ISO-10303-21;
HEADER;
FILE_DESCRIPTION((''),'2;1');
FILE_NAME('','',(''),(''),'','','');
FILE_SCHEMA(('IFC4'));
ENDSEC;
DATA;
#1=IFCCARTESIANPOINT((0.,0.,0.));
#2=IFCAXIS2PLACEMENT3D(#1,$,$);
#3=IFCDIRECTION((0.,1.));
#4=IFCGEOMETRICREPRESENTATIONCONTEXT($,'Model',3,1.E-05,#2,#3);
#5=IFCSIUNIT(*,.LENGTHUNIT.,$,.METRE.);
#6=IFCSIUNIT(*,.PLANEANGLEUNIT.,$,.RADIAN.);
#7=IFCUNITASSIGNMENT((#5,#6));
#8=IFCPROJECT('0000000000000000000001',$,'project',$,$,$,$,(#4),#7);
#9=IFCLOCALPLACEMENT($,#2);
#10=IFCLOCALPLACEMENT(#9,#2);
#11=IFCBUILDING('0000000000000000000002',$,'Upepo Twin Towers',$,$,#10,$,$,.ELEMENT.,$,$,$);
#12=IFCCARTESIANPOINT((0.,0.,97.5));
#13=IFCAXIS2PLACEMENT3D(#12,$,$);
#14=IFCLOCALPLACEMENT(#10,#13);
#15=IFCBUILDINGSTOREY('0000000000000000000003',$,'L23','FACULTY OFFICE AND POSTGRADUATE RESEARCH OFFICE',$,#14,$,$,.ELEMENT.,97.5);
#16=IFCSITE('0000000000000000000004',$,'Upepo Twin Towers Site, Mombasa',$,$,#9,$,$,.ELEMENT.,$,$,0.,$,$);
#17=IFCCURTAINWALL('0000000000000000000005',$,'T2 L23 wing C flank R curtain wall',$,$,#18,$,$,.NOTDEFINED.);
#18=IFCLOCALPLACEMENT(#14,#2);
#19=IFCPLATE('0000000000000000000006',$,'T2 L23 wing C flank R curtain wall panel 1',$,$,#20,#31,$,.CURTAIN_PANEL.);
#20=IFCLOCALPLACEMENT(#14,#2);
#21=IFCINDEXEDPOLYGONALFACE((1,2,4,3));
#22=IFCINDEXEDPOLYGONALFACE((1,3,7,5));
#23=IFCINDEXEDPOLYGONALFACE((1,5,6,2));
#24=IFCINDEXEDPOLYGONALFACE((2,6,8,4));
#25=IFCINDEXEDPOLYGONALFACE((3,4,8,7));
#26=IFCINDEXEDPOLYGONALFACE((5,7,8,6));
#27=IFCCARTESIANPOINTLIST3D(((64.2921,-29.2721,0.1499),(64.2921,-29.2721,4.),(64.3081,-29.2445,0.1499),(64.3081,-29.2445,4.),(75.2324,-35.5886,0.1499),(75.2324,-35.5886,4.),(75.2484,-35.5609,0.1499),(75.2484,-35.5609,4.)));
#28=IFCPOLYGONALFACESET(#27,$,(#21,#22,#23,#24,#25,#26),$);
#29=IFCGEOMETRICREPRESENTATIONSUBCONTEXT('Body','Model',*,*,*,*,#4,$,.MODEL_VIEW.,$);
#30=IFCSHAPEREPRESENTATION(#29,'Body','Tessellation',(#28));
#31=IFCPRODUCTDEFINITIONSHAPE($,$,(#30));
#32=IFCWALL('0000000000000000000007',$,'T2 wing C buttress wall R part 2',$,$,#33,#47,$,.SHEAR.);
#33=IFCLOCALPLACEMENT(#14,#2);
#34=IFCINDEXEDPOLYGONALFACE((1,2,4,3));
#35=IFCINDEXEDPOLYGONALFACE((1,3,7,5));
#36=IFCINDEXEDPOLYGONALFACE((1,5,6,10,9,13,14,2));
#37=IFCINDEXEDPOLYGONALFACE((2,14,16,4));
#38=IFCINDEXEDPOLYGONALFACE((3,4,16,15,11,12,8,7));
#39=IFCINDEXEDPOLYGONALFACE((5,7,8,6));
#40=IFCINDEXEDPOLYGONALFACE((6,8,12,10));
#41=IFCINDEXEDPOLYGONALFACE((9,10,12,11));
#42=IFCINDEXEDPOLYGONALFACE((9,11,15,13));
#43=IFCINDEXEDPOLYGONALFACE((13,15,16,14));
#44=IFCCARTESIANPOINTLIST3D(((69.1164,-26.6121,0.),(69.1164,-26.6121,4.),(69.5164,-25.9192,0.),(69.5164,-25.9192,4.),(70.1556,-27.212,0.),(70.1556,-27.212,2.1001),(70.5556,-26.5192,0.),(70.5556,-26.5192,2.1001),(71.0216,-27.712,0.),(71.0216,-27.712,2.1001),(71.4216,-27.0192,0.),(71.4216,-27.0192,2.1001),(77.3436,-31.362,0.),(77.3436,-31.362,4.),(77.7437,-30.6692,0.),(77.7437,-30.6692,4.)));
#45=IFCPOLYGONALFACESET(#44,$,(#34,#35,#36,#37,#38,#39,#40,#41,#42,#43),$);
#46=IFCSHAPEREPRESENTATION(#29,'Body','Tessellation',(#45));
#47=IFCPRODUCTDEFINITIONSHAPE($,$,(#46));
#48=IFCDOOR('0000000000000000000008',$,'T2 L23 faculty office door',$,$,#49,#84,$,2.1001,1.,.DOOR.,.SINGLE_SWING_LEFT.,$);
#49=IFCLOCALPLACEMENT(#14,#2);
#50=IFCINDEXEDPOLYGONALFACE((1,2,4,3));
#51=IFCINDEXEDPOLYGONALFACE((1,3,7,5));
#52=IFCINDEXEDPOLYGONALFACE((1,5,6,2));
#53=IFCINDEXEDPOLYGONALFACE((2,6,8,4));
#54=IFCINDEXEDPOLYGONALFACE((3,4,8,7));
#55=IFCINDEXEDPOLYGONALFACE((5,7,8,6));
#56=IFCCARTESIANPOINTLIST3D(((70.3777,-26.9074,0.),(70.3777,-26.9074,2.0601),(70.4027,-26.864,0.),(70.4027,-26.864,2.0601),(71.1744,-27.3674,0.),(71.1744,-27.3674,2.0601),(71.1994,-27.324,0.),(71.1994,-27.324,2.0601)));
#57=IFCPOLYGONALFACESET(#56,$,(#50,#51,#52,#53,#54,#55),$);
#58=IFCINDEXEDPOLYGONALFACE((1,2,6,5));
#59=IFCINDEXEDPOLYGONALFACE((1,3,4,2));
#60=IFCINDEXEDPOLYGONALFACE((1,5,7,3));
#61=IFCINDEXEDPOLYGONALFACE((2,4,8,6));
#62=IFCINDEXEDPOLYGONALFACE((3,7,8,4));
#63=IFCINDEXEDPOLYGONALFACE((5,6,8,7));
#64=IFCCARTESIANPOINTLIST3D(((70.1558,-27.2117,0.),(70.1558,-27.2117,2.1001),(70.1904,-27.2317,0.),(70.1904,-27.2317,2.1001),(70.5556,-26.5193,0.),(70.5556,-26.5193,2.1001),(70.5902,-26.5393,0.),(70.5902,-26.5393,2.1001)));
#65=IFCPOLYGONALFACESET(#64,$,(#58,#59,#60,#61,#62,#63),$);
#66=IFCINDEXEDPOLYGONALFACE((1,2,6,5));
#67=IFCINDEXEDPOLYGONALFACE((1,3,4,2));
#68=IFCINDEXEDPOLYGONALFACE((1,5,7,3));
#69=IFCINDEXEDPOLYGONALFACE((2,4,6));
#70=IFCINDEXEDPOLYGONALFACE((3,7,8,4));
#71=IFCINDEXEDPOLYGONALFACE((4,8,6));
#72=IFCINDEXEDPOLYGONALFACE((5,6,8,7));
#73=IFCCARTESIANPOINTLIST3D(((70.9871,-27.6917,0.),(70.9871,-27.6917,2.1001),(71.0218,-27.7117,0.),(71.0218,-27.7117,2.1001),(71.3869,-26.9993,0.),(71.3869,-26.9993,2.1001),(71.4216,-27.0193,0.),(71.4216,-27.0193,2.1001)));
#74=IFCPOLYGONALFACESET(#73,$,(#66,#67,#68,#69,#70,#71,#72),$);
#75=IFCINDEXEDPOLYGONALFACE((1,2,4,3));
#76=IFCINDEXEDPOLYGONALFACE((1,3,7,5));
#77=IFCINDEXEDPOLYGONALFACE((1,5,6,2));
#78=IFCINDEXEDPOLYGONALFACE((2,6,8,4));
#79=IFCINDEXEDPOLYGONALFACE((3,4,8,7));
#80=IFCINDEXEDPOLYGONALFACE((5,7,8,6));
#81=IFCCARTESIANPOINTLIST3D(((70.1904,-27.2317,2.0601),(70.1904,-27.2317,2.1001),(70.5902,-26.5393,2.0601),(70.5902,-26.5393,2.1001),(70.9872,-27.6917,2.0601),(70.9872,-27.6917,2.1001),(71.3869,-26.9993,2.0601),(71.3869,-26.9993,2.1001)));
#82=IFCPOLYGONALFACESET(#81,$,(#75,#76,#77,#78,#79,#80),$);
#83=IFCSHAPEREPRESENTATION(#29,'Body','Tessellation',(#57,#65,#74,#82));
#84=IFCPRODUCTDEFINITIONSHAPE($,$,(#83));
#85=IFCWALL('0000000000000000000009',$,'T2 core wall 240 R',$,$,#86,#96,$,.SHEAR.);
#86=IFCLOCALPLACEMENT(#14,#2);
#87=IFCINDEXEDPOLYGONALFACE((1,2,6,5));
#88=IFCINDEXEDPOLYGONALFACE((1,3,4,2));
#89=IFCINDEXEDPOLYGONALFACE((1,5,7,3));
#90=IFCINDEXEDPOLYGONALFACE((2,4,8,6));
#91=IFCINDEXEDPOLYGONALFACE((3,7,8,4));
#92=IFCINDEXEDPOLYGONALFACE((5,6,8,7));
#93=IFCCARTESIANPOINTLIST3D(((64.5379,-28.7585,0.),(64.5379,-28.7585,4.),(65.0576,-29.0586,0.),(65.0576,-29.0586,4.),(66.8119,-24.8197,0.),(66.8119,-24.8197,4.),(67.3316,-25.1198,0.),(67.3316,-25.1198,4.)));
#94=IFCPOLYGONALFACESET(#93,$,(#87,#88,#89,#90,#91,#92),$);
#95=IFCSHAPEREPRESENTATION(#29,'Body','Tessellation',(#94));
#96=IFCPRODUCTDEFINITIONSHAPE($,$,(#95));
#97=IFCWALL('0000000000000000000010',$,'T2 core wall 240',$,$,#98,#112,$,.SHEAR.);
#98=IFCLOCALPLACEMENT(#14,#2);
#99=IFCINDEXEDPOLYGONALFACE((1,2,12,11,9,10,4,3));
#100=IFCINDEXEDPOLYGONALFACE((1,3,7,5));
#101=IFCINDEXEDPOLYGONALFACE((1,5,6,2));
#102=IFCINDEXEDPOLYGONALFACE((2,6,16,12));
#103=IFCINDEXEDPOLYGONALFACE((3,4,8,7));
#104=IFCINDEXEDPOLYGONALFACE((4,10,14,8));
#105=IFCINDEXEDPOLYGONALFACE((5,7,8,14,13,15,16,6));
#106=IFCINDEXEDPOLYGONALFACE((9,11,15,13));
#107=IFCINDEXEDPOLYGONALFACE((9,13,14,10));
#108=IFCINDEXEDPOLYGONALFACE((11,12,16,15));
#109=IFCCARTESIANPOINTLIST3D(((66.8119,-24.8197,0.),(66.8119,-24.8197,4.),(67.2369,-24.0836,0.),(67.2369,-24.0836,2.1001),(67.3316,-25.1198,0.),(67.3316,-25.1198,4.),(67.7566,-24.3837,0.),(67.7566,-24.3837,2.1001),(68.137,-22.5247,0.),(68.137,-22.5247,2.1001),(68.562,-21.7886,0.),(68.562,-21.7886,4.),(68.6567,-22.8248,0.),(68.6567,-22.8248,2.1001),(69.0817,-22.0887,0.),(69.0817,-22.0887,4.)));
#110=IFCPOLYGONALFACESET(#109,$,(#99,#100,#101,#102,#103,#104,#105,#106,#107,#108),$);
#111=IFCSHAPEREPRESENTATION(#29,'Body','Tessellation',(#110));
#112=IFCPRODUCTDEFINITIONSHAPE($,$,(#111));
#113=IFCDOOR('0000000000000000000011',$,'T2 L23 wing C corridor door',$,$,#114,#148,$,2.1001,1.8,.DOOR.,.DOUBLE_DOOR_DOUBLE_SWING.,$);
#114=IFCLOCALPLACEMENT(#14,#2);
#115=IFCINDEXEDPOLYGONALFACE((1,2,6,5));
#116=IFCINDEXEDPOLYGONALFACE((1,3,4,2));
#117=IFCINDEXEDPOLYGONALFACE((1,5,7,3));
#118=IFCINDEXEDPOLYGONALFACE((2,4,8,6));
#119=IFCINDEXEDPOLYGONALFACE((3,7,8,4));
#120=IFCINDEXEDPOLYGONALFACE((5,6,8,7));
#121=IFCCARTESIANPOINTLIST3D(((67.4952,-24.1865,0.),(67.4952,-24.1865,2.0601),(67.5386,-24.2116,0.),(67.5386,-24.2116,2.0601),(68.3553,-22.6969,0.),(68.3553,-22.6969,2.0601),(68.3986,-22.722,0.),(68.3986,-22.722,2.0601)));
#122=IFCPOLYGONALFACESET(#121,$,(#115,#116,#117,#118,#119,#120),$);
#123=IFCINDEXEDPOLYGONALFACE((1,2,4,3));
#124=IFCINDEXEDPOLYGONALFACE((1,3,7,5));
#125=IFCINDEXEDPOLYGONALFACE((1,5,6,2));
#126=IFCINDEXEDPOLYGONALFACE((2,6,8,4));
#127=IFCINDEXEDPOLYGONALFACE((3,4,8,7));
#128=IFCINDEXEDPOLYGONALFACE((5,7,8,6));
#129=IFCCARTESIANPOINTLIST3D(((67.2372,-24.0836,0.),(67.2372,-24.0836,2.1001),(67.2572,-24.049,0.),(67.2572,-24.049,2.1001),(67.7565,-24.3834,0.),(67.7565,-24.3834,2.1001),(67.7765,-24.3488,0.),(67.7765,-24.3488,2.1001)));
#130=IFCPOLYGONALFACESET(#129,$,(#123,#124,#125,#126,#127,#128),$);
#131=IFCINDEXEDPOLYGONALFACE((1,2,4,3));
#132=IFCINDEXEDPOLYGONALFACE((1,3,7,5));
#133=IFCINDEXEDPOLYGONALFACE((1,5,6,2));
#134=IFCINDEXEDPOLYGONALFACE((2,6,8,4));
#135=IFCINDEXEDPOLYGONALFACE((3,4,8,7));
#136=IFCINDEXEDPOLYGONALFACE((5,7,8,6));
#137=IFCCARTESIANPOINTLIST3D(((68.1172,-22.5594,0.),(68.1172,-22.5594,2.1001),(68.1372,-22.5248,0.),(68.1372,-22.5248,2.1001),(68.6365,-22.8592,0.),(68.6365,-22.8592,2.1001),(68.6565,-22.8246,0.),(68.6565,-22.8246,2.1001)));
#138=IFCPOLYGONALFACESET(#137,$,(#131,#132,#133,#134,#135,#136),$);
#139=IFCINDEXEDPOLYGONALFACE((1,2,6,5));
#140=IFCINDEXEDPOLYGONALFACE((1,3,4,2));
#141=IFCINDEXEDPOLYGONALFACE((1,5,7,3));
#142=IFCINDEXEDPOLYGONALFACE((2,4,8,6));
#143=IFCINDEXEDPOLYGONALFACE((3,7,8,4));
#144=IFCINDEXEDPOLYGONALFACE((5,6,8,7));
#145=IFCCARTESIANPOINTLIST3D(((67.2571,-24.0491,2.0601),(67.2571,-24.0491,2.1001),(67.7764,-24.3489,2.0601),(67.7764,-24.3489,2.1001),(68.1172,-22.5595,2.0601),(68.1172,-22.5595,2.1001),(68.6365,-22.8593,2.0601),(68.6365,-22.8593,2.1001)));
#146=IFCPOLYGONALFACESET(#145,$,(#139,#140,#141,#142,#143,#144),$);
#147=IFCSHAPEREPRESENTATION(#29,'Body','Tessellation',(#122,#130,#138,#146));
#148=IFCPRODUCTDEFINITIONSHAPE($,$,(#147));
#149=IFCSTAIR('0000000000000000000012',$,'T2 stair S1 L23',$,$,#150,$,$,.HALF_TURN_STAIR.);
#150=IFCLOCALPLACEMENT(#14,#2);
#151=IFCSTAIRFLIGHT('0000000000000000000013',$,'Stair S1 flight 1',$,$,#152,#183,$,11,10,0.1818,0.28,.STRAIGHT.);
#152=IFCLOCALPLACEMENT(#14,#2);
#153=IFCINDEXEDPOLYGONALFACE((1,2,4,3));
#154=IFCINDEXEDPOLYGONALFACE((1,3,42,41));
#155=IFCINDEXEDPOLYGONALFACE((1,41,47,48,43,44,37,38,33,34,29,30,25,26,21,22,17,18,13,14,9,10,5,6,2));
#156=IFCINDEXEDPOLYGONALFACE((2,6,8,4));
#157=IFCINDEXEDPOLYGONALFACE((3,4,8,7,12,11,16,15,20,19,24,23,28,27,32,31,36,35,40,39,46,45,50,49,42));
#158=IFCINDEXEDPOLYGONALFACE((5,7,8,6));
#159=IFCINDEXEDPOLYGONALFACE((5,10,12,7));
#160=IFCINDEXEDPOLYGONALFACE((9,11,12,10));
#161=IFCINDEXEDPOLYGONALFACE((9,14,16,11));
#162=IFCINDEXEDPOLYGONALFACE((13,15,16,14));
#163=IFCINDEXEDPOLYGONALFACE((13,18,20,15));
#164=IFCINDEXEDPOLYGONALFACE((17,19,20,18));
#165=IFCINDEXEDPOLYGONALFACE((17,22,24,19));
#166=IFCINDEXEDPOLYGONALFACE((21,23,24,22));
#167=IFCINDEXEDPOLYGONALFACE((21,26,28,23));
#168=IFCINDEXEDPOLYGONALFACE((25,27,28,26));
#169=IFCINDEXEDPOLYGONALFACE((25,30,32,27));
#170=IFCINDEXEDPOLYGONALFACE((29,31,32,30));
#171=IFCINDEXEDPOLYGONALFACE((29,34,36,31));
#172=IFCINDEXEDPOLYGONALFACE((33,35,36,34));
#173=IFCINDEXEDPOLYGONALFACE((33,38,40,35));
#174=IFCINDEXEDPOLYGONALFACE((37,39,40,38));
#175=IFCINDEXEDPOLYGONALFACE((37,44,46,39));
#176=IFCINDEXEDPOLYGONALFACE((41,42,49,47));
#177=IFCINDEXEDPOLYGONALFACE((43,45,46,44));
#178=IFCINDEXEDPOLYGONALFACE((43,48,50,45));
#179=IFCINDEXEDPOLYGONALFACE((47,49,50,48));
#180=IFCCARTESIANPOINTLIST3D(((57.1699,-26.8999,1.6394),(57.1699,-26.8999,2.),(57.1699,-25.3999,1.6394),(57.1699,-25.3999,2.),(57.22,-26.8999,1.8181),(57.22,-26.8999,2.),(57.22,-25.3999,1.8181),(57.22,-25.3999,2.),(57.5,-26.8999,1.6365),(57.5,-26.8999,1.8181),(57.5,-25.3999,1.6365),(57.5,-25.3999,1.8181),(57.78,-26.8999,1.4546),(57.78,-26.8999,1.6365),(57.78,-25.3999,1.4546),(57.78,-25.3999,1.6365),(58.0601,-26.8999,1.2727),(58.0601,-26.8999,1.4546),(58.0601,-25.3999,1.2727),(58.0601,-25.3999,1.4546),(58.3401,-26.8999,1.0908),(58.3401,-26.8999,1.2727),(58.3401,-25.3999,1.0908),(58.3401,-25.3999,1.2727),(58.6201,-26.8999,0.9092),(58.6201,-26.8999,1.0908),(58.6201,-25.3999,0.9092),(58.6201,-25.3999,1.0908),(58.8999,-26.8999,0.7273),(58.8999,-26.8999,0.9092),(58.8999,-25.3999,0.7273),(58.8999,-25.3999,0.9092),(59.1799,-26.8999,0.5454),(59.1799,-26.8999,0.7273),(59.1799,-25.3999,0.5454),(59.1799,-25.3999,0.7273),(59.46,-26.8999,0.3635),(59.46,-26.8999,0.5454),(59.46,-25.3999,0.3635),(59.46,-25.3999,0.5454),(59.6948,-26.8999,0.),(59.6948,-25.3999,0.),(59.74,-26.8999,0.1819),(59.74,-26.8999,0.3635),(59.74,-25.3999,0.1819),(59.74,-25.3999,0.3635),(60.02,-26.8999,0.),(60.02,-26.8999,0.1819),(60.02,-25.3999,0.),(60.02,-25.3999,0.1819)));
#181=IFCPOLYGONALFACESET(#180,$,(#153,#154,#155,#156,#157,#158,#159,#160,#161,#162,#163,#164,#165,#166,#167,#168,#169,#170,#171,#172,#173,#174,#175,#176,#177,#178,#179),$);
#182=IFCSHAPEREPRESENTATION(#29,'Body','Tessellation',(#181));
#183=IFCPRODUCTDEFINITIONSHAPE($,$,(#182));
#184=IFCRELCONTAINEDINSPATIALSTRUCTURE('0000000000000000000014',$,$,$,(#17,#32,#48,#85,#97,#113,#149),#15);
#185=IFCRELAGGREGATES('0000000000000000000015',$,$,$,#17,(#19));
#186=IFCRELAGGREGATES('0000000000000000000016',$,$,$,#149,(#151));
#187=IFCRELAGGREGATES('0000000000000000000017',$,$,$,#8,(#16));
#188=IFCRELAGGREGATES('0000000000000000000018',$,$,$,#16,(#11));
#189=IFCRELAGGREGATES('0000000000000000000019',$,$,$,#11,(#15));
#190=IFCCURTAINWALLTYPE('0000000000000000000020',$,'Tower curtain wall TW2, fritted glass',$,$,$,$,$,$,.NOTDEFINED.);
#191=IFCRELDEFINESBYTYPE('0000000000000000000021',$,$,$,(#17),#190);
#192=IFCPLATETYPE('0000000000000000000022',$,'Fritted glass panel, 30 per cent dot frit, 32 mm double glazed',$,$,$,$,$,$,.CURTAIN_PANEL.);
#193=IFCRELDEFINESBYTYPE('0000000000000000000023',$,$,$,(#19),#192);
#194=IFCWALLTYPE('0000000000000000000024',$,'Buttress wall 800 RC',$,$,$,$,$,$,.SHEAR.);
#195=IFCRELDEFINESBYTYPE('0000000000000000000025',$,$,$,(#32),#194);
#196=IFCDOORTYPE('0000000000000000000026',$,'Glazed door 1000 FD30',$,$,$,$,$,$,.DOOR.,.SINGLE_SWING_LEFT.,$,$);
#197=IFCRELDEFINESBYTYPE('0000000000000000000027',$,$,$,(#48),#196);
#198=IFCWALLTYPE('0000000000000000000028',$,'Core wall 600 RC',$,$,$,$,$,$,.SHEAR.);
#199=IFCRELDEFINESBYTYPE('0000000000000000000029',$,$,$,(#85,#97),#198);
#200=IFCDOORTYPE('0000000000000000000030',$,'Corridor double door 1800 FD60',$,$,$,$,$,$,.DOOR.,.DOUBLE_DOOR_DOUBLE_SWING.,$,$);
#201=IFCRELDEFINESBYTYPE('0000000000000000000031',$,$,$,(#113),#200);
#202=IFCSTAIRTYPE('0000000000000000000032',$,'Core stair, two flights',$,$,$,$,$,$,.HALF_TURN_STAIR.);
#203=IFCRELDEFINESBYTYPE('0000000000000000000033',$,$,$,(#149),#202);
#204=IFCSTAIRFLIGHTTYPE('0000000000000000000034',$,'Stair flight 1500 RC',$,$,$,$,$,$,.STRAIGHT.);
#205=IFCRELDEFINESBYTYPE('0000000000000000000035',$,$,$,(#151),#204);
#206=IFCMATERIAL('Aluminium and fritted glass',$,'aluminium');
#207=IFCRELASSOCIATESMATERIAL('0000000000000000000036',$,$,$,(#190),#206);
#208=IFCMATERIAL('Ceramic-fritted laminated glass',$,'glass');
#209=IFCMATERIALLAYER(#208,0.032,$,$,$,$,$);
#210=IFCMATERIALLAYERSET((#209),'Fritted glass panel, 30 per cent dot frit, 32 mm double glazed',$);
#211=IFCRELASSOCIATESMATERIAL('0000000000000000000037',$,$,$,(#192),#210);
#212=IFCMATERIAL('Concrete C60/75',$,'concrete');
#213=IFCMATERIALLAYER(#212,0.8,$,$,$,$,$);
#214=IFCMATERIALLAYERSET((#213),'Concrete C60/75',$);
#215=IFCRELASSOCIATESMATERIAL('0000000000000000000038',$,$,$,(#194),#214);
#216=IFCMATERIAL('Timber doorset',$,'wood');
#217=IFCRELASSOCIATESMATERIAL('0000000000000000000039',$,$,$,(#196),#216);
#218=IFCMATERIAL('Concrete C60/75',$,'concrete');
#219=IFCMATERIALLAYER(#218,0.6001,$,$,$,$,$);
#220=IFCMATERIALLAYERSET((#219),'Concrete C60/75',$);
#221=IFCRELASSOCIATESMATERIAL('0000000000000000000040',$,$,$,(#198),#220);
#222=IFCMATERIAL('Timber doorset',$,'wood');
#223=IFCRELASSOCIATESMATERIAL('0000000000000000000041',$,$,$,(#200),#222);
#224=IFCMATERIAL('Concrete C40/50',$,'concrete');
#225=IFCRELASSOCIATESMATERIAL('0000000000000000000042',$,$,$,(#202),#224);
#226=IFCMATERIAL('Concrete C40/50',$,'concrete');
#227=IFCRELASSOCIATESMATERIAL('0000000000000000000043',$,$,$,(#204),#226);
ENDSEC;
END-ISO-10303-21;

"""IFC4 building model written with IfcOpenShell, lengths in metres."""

from ifc_helpers import new_model, si_unit, direction, frame, frame_2d, origin, origin_2d, place, context, subcontext, project, spatial, polyline, rectangle, outline, extrude, material, layer, layer_set, type_object, element, fill, aggregate, save


model = new_model("IFC4")

# Units and contexts
model_context = context("Model", 3, precision=1e-05, world=origin(), true_north=direction((0.0, 1.0)))
body_context = subcontext(model_context, "Body", "Model", "MODEL_VIEW")
ifc_project = project(units=[si_unit("LENGTHUNIT", "METRE"), si_unit("PLANEANGLEUNIT", "RADIAN")], contexts=[model_context])

# Site, building, storey
site_placement = place(None, origin())
site = spatial("IfcSite", under=ifc_project, at=site_placement, Name="Upepo Twin Towers Site, Mombasa", CompositionType="ELEMENT", RefElevation=0.0)
building_placement = place(site_placement, origin())
building = spatial("IfcBuilding", under=site, at=building_placement, Name="Upepo Twin Towers", CompositionType="ELEMENT")
storey_placement = place(building_placement, frame((0.0, 0.0, 97.5)))
storey = spatial("IfcBuildingStorey", under=building, at=storey_placement, Name="L23", Description="FACULTY OFFICE AND POSTGRADUATE RESEARCH OFFICE", CompositionType="ELEMENT", Elevation=97.5)

# Curtain wall, plate
ifc_material_1 = material(Name="Aluminium and fritted glass", Category="aluminium")
curtain_wall_type = type_object("IfcCurtainWallType", Name="Tower curtain wall TW2, fritted glass", PredefinedType="NOTDEFINED", material=ifc_material_1)
curtain_wall_placement = place(storey_placement, origin())
curtain_wall = element("IfcCurtainWall", 1, at=curtain_wall_placement, inside=storey, type_object=curtain_wall_type, Name="T2 L23 wing C flank R curtain wall", PredefinedType="NOTDEFINED")
ifc_material_2 = material(Name="Ceramic-fritted laminated glass", Category="glass")
ifc_layer_1 = layer(ifc_material_2, 0.032)
ifc_layer_set_1 = layer_set([ifc_layer_1], Name="Fritted glass panel, 30 per cent dot frit, 32 mm double glazed")
plate_type = type_object("IfcPlateType", Name="Fritted glass panel, 30 per cent dot frit, 32 mm double glazed", PredefinedType="CURTAIN_PANEL", material=ifc_layer_set_1)
plate_placement = place(storey_placement, frame((69.7703, -32.4165, 0.1499), z_axis=(0.0, 0.0, 1.0), x_axis=(-0.866025, 0.5, 0.0)))
plate = element("IfcPlate", 2, at=plate_placement, type_object=plate_type, Name="T2 L23 wing C flank R curtain wall panel 1", PredefinedType="CURTAIN_PANEL", context=body_context, shape_type="SweptSolid", body=[
    extrude(rectangle(XDim=12.6328, YDim=0.032, at=origin_2d()), origin(), (0.0, 0.0, 1.0), 3.8501),
])
aggregate(curtain_wall, [plate])

# Wall, opening, door
ifc_material_3 = material(Name="Concrete C60/75", Category="concrete")
ifc_layer_2 = layer(ifc_material_3, 0.8)
ifc_layer_set_2 = layer_set([ifc_layer_2], Name="Concrete C60/75")
wall_type_1 = type_object("IfcWallType", Name="Buttress wall 800 RC", PredefinedType="SHEAR", material=ifc_layer_set_2)
wall_1_placement = place(storey_placement, frame((69.3164, -26.2656, 0.0), z_axis=(0.0, 0.0, 1.0), x_axis=(0.866027, -0.499998, 0.0)))
wall_1 = element("IfcWall", 3, at=wall_1_placement, inside=storey, type_object=wall_type_1, Name="T2 wing C buttress wall R part 2", PredefinedType="SHEAR", context=body_context, shape_type="SweptSolid", body=[
    extrude(rectangle(XDim=9.5, YDim=0.8, at=frame_2d((4.75, 0.0))), origin(), (0.0, 0.0, 1.0), 4.0),
])
opening_1_placement = place(wall_1_placement, frame((1.2, 0.0, 0.0)))
opening_1 = element("IfcOpeningElement", 4, at=opening_1_placement, cuts=wall_1, PredefinedType="OPENING", context=body_context, shape_type="SweptSolid", body=[
    extrude(rectangle(XDim=1.0, YDim=2.1001, at=frame_2d((0.5, 1.05))), frame((0.0, 0.4099, 0.0), z_axis=(0.0, -1.0, 0.0), x_axis=(1.0, 0.0, 0.0)), (0.0, 0.0, 1.0), 0.8201),
])
ifc_material_4 = material(Name="Timber doorset", Category="wood")
door_type_1 = type_object("IfcDoorType", Name="Glazed door 1000 FD30", OperationType="SINGLE_SWING_LEFT", PredefinedType="DOOR", material=ifc_material_4)
door_1_placement = place(opening_1_placement, origin())
door_1 = element("IfcDoor", 5, at=door_1_placement, inside=storey, type_object=door_type_1, Name="T2 L23 faculty office door", OperationType="SINGLE_SWING_LEFT", OverallHeight=2.1001, OverallWidth=1.0, PredefinedType="DOOR", context=body_context, shape_type="SweptSolid", body=[
    extrude(rectangle(XDim=0.92, YDim=2.0601, at=frame_2d((0.5, 1.03))), frame((0.0, 0.0249, 0.0), z_axis=(0.0, -1.0, 0.0), x_axis=(1.0, 0.0, 0.0)), (0.0, 0.0, 1.0), 0.05),
    extrude(rectangle(XDim=0.04, YDim=2.1001, at=frame_2d((0.02, 1.05))), frame((0.0, 0.3999, 0.0), z_axis=(0.0, -1.0, 0.0), x_axis=(1.0, 0.0, 0.0)), (0.0, 0.0, 1.0), 0.7996),
    extrude(rectangle(XDim=0.04, YDim=2.1001, at=frame_2d((0.98, 1.05))), frame((0.0, 0.3999, 0.0), z_axis=(0.0, -1.0, 0.0), x_axis=(1.0, 0.0, 0.0)), (0.0, 0.0, 1.0), 0.7996),
    extrude(rectangle(XDim=0.92, YDim=0.04, at=frame_2d((0.5, 2.0801))), frame((0.0, 0.3999, 0.0), z_axis=(0.0, -1.0, 0.0), x_axis=(1.0, 0.0, 0.0)), (0.0, 0.0, 1.0), 0.7996),
])
fill(opening_1, door_1)

# Wall
ifc_material_5 = material(Name="Concrete C60/75", Category="concrete")
ifc_layer_3 = layer(ifc_material_5, 0.6001)
ifc_layer_set_3 = layer_set([ifc_layer_3], Name="Concrete C60/75")
wall_type_2 = type_object("IfcWallType", Name="Core wall 600 RC", PredefinedType="SHEAR", material=ifc_layer_set_3)
wall_2_placement = place(storey_placement, frame((64.7979, -28.9084, 0.0), z_axis=(0.0, 0.0, 1.0), x_axis=(0.499984, 0.866035, 0.0)))
element("IfcWall", 6, at=wall_2_placement, inside=storey, type_object=wall_type_2, Name="T2 core wall 240 R", PredefinedType="SHEAR", context=body_context, shape_type="SweptSolid", body=[
    extrude(rectangle(XDim=4.5481, YDim=0.6001, at=frame_2d((2.2739, 0.0))), origin(), (0.0, 0.0, 1.0), 4.0),
])

# Wall, opening, door
wall_3_placement = place(storey_placement, frame((67.0718, -24.9697, 0.0), z_axis=(0.0, 0.0, 1.0), x_axis=(0.50001, 0.866019, 0.0)))
wall_3 = element("IfcWall", 7, at=wall_3_placement, inside=storey, type_object=wall_type_2, Name="T2 core wall 240", PredefinedType="SHEAR", context=body_context, shape_type="SweptSolid", body=[
    extrude(rectangle(XDim=3.5, YDim=0.6001, at=frame_2d((1.75, 0.0))), origin(), (0.0, 0.0, 1.0), 4.0),
])
opening_2_placement = place(wall_3_placement, frame((0.8501, 0.0, 0.0)))
opening_2 = element("IfcOpeningElement", 8, at=opening_2_placement, cuts=wall_3, PredefinedType="OPENING", context=body_context, shape_type="SweptSolid", body=[
    extrude(rectangle(XDim=1.8, YDim=2.1001, at=frame_2d((0.8999, 1.05))), frame((0.0, 0.3101, 0.0), z_axis=(0.0, -1.0, 0.0), x_axis=(1.0, 0.0, 0.0)), (0.0, 0.0, 1.0), 0.6201),
])
ifc_material_6 = material(Name="Timber doorset", Category="wood")
door_type_2 = type_object("IfcDoorType", Name="Corridor double door 1800 FD60", OperationType="DOUBLE_DOOR_DOUBLE_SWING", PredefinedType="DOOR", material=ifc_material_6)
door_2_placement = place(opening_2_placement, origin())
door_2 = element("IfcDoor", 9, at=door_2_placement, inside=storey, type_object=door_type_2, Name="T2 L23 wing C corridor door", OperationType="DOUBLE_DOOR_DOUBLE_SWING", OverallHeight=2.1001, OverallWidth=1.8, PredefinedType="DOOR", context=body_context, shape_type="SweptSolid", body=[
    extrude(rectangle(XDim=1.72, YDim=2.0601, at=frame_2d((0.8999, 1.03))), frame((0.0, 0.0249, 0.0), z_axis=(0.0, -1.0, 0.0), x_axis=(1.0, 0.0, 0.0)), (0.0, 0.0, 1.0), 0.05),
    extrude(rectangle(XDim=0.04, YDim=2.1001, at=frame_2d((0.02, 1.05))), frame((0.0, 0.2998, 0.0), z_axis=(0.0, -1.0, 0.0), x_axis=(1.0, 0.0, 0.0)), (0.0, 0.0, 1.0), 0.5996),
    extrude(rectangle(XDim=0.04, YDim=2.1001, at=frame_2d((1.78, 1.05))), frame((0.0, 0.2998, 0.0), z_axis=(0.0, -1.0, 0.0), x_axis=(1.0, 0.0, 0.0)), (0.0, 0.0, 1.0), 0.5996),
    extrude(rectangle(XDim=1.72, YDim=0.04, at=frame_2d((0.8999, 2.0801))), frame((0.0, 0.2998, 0.0), z_axis=(0.0, -1.0, 0.0), x_axis=(1.0, 0.0, 0.0)), (0.0, 0.0, 1.0), 0.5996),
])
fill(opening_2, door_2)

# Stair, stair flight
ifc_material_7 = material(Name="Concrete C40/50", Category="concrete")
stair_type = type_object("IfcStairType", Name="Core stair, two flights", PredefinedType="HALF_TURN_STAIR", material=ifc_material_7)
stair_placement = place(storey_placement, origin())
stair = element("IfcStair", 10, at=stair_placement, inside=storey, type_object=stair_type, Name="T2 stair S1 L23", PredefinedType="HALF_TURN_STAIR")
ifc_material_8 = material(Name="Concrete C40/50", Category="concrete")
stair_flight_type = type_object("IfcStairFlightType", Name="Stair flight 1500 RC", PredefinedType="STRAIGHT", material=ifc_material_8)
stair_flight_1_placement = place(storey_placement, frame((60.02, -26.1499, 0.0), z_axis=(0.0, 0.0, 1.0), x_axis=(-1.0, 0.0, 0.0)))
stair_flight_1 = element("IfcStairFlight", 11, at=stair_flight_1_placement, type_object=stair_flight_type, Name="Stair S1 flight 1", NumberOfRisers=11, NumberOfTreads=10, PredefinedType="STRAIGHT", RiserHeight=0.1818, TreadLength=0.28, context=body_context, shape_type="SweptSolid", body=[
    extrude(outline(polyline([(0.0, 0.0), (0.0, 0.1819), (0.28, 0.1819), (0.28, 0.3635), (0.5601, 0.3635), (0.5601, 0.5454), (0.8401, 0.5454), (0.8401, 0.7273), (1.1201, 0.7273), (1.1201, 0.9092), (1.3999, 0.9092), (1.3999, 1.0908), (1.6799, 1.0908), (1.6799, 1.2727), (1.96, 1.2727), (1.96, 1.4546), (2.24, 1.4546), (2.24, 1.6365), (2.52, 1.6365), (2.52, 1.8181), (2.8, 1.8181), (2.8, 2.0), (2.8501, 2.0), (2.8501, 1.6394), (0.3252, 0.0), (0.0, 0.0)])), frame((0.0, 0.75, 0.0), z_axis=(0.0, -1.0, 0.0), x_axis=(1.0, 0.0, 0.0)), (0.0, 0.0, 1.0), 1.5),
])
aggregate(stair, [stair_flight_1])

save(model, "model.ifc")
